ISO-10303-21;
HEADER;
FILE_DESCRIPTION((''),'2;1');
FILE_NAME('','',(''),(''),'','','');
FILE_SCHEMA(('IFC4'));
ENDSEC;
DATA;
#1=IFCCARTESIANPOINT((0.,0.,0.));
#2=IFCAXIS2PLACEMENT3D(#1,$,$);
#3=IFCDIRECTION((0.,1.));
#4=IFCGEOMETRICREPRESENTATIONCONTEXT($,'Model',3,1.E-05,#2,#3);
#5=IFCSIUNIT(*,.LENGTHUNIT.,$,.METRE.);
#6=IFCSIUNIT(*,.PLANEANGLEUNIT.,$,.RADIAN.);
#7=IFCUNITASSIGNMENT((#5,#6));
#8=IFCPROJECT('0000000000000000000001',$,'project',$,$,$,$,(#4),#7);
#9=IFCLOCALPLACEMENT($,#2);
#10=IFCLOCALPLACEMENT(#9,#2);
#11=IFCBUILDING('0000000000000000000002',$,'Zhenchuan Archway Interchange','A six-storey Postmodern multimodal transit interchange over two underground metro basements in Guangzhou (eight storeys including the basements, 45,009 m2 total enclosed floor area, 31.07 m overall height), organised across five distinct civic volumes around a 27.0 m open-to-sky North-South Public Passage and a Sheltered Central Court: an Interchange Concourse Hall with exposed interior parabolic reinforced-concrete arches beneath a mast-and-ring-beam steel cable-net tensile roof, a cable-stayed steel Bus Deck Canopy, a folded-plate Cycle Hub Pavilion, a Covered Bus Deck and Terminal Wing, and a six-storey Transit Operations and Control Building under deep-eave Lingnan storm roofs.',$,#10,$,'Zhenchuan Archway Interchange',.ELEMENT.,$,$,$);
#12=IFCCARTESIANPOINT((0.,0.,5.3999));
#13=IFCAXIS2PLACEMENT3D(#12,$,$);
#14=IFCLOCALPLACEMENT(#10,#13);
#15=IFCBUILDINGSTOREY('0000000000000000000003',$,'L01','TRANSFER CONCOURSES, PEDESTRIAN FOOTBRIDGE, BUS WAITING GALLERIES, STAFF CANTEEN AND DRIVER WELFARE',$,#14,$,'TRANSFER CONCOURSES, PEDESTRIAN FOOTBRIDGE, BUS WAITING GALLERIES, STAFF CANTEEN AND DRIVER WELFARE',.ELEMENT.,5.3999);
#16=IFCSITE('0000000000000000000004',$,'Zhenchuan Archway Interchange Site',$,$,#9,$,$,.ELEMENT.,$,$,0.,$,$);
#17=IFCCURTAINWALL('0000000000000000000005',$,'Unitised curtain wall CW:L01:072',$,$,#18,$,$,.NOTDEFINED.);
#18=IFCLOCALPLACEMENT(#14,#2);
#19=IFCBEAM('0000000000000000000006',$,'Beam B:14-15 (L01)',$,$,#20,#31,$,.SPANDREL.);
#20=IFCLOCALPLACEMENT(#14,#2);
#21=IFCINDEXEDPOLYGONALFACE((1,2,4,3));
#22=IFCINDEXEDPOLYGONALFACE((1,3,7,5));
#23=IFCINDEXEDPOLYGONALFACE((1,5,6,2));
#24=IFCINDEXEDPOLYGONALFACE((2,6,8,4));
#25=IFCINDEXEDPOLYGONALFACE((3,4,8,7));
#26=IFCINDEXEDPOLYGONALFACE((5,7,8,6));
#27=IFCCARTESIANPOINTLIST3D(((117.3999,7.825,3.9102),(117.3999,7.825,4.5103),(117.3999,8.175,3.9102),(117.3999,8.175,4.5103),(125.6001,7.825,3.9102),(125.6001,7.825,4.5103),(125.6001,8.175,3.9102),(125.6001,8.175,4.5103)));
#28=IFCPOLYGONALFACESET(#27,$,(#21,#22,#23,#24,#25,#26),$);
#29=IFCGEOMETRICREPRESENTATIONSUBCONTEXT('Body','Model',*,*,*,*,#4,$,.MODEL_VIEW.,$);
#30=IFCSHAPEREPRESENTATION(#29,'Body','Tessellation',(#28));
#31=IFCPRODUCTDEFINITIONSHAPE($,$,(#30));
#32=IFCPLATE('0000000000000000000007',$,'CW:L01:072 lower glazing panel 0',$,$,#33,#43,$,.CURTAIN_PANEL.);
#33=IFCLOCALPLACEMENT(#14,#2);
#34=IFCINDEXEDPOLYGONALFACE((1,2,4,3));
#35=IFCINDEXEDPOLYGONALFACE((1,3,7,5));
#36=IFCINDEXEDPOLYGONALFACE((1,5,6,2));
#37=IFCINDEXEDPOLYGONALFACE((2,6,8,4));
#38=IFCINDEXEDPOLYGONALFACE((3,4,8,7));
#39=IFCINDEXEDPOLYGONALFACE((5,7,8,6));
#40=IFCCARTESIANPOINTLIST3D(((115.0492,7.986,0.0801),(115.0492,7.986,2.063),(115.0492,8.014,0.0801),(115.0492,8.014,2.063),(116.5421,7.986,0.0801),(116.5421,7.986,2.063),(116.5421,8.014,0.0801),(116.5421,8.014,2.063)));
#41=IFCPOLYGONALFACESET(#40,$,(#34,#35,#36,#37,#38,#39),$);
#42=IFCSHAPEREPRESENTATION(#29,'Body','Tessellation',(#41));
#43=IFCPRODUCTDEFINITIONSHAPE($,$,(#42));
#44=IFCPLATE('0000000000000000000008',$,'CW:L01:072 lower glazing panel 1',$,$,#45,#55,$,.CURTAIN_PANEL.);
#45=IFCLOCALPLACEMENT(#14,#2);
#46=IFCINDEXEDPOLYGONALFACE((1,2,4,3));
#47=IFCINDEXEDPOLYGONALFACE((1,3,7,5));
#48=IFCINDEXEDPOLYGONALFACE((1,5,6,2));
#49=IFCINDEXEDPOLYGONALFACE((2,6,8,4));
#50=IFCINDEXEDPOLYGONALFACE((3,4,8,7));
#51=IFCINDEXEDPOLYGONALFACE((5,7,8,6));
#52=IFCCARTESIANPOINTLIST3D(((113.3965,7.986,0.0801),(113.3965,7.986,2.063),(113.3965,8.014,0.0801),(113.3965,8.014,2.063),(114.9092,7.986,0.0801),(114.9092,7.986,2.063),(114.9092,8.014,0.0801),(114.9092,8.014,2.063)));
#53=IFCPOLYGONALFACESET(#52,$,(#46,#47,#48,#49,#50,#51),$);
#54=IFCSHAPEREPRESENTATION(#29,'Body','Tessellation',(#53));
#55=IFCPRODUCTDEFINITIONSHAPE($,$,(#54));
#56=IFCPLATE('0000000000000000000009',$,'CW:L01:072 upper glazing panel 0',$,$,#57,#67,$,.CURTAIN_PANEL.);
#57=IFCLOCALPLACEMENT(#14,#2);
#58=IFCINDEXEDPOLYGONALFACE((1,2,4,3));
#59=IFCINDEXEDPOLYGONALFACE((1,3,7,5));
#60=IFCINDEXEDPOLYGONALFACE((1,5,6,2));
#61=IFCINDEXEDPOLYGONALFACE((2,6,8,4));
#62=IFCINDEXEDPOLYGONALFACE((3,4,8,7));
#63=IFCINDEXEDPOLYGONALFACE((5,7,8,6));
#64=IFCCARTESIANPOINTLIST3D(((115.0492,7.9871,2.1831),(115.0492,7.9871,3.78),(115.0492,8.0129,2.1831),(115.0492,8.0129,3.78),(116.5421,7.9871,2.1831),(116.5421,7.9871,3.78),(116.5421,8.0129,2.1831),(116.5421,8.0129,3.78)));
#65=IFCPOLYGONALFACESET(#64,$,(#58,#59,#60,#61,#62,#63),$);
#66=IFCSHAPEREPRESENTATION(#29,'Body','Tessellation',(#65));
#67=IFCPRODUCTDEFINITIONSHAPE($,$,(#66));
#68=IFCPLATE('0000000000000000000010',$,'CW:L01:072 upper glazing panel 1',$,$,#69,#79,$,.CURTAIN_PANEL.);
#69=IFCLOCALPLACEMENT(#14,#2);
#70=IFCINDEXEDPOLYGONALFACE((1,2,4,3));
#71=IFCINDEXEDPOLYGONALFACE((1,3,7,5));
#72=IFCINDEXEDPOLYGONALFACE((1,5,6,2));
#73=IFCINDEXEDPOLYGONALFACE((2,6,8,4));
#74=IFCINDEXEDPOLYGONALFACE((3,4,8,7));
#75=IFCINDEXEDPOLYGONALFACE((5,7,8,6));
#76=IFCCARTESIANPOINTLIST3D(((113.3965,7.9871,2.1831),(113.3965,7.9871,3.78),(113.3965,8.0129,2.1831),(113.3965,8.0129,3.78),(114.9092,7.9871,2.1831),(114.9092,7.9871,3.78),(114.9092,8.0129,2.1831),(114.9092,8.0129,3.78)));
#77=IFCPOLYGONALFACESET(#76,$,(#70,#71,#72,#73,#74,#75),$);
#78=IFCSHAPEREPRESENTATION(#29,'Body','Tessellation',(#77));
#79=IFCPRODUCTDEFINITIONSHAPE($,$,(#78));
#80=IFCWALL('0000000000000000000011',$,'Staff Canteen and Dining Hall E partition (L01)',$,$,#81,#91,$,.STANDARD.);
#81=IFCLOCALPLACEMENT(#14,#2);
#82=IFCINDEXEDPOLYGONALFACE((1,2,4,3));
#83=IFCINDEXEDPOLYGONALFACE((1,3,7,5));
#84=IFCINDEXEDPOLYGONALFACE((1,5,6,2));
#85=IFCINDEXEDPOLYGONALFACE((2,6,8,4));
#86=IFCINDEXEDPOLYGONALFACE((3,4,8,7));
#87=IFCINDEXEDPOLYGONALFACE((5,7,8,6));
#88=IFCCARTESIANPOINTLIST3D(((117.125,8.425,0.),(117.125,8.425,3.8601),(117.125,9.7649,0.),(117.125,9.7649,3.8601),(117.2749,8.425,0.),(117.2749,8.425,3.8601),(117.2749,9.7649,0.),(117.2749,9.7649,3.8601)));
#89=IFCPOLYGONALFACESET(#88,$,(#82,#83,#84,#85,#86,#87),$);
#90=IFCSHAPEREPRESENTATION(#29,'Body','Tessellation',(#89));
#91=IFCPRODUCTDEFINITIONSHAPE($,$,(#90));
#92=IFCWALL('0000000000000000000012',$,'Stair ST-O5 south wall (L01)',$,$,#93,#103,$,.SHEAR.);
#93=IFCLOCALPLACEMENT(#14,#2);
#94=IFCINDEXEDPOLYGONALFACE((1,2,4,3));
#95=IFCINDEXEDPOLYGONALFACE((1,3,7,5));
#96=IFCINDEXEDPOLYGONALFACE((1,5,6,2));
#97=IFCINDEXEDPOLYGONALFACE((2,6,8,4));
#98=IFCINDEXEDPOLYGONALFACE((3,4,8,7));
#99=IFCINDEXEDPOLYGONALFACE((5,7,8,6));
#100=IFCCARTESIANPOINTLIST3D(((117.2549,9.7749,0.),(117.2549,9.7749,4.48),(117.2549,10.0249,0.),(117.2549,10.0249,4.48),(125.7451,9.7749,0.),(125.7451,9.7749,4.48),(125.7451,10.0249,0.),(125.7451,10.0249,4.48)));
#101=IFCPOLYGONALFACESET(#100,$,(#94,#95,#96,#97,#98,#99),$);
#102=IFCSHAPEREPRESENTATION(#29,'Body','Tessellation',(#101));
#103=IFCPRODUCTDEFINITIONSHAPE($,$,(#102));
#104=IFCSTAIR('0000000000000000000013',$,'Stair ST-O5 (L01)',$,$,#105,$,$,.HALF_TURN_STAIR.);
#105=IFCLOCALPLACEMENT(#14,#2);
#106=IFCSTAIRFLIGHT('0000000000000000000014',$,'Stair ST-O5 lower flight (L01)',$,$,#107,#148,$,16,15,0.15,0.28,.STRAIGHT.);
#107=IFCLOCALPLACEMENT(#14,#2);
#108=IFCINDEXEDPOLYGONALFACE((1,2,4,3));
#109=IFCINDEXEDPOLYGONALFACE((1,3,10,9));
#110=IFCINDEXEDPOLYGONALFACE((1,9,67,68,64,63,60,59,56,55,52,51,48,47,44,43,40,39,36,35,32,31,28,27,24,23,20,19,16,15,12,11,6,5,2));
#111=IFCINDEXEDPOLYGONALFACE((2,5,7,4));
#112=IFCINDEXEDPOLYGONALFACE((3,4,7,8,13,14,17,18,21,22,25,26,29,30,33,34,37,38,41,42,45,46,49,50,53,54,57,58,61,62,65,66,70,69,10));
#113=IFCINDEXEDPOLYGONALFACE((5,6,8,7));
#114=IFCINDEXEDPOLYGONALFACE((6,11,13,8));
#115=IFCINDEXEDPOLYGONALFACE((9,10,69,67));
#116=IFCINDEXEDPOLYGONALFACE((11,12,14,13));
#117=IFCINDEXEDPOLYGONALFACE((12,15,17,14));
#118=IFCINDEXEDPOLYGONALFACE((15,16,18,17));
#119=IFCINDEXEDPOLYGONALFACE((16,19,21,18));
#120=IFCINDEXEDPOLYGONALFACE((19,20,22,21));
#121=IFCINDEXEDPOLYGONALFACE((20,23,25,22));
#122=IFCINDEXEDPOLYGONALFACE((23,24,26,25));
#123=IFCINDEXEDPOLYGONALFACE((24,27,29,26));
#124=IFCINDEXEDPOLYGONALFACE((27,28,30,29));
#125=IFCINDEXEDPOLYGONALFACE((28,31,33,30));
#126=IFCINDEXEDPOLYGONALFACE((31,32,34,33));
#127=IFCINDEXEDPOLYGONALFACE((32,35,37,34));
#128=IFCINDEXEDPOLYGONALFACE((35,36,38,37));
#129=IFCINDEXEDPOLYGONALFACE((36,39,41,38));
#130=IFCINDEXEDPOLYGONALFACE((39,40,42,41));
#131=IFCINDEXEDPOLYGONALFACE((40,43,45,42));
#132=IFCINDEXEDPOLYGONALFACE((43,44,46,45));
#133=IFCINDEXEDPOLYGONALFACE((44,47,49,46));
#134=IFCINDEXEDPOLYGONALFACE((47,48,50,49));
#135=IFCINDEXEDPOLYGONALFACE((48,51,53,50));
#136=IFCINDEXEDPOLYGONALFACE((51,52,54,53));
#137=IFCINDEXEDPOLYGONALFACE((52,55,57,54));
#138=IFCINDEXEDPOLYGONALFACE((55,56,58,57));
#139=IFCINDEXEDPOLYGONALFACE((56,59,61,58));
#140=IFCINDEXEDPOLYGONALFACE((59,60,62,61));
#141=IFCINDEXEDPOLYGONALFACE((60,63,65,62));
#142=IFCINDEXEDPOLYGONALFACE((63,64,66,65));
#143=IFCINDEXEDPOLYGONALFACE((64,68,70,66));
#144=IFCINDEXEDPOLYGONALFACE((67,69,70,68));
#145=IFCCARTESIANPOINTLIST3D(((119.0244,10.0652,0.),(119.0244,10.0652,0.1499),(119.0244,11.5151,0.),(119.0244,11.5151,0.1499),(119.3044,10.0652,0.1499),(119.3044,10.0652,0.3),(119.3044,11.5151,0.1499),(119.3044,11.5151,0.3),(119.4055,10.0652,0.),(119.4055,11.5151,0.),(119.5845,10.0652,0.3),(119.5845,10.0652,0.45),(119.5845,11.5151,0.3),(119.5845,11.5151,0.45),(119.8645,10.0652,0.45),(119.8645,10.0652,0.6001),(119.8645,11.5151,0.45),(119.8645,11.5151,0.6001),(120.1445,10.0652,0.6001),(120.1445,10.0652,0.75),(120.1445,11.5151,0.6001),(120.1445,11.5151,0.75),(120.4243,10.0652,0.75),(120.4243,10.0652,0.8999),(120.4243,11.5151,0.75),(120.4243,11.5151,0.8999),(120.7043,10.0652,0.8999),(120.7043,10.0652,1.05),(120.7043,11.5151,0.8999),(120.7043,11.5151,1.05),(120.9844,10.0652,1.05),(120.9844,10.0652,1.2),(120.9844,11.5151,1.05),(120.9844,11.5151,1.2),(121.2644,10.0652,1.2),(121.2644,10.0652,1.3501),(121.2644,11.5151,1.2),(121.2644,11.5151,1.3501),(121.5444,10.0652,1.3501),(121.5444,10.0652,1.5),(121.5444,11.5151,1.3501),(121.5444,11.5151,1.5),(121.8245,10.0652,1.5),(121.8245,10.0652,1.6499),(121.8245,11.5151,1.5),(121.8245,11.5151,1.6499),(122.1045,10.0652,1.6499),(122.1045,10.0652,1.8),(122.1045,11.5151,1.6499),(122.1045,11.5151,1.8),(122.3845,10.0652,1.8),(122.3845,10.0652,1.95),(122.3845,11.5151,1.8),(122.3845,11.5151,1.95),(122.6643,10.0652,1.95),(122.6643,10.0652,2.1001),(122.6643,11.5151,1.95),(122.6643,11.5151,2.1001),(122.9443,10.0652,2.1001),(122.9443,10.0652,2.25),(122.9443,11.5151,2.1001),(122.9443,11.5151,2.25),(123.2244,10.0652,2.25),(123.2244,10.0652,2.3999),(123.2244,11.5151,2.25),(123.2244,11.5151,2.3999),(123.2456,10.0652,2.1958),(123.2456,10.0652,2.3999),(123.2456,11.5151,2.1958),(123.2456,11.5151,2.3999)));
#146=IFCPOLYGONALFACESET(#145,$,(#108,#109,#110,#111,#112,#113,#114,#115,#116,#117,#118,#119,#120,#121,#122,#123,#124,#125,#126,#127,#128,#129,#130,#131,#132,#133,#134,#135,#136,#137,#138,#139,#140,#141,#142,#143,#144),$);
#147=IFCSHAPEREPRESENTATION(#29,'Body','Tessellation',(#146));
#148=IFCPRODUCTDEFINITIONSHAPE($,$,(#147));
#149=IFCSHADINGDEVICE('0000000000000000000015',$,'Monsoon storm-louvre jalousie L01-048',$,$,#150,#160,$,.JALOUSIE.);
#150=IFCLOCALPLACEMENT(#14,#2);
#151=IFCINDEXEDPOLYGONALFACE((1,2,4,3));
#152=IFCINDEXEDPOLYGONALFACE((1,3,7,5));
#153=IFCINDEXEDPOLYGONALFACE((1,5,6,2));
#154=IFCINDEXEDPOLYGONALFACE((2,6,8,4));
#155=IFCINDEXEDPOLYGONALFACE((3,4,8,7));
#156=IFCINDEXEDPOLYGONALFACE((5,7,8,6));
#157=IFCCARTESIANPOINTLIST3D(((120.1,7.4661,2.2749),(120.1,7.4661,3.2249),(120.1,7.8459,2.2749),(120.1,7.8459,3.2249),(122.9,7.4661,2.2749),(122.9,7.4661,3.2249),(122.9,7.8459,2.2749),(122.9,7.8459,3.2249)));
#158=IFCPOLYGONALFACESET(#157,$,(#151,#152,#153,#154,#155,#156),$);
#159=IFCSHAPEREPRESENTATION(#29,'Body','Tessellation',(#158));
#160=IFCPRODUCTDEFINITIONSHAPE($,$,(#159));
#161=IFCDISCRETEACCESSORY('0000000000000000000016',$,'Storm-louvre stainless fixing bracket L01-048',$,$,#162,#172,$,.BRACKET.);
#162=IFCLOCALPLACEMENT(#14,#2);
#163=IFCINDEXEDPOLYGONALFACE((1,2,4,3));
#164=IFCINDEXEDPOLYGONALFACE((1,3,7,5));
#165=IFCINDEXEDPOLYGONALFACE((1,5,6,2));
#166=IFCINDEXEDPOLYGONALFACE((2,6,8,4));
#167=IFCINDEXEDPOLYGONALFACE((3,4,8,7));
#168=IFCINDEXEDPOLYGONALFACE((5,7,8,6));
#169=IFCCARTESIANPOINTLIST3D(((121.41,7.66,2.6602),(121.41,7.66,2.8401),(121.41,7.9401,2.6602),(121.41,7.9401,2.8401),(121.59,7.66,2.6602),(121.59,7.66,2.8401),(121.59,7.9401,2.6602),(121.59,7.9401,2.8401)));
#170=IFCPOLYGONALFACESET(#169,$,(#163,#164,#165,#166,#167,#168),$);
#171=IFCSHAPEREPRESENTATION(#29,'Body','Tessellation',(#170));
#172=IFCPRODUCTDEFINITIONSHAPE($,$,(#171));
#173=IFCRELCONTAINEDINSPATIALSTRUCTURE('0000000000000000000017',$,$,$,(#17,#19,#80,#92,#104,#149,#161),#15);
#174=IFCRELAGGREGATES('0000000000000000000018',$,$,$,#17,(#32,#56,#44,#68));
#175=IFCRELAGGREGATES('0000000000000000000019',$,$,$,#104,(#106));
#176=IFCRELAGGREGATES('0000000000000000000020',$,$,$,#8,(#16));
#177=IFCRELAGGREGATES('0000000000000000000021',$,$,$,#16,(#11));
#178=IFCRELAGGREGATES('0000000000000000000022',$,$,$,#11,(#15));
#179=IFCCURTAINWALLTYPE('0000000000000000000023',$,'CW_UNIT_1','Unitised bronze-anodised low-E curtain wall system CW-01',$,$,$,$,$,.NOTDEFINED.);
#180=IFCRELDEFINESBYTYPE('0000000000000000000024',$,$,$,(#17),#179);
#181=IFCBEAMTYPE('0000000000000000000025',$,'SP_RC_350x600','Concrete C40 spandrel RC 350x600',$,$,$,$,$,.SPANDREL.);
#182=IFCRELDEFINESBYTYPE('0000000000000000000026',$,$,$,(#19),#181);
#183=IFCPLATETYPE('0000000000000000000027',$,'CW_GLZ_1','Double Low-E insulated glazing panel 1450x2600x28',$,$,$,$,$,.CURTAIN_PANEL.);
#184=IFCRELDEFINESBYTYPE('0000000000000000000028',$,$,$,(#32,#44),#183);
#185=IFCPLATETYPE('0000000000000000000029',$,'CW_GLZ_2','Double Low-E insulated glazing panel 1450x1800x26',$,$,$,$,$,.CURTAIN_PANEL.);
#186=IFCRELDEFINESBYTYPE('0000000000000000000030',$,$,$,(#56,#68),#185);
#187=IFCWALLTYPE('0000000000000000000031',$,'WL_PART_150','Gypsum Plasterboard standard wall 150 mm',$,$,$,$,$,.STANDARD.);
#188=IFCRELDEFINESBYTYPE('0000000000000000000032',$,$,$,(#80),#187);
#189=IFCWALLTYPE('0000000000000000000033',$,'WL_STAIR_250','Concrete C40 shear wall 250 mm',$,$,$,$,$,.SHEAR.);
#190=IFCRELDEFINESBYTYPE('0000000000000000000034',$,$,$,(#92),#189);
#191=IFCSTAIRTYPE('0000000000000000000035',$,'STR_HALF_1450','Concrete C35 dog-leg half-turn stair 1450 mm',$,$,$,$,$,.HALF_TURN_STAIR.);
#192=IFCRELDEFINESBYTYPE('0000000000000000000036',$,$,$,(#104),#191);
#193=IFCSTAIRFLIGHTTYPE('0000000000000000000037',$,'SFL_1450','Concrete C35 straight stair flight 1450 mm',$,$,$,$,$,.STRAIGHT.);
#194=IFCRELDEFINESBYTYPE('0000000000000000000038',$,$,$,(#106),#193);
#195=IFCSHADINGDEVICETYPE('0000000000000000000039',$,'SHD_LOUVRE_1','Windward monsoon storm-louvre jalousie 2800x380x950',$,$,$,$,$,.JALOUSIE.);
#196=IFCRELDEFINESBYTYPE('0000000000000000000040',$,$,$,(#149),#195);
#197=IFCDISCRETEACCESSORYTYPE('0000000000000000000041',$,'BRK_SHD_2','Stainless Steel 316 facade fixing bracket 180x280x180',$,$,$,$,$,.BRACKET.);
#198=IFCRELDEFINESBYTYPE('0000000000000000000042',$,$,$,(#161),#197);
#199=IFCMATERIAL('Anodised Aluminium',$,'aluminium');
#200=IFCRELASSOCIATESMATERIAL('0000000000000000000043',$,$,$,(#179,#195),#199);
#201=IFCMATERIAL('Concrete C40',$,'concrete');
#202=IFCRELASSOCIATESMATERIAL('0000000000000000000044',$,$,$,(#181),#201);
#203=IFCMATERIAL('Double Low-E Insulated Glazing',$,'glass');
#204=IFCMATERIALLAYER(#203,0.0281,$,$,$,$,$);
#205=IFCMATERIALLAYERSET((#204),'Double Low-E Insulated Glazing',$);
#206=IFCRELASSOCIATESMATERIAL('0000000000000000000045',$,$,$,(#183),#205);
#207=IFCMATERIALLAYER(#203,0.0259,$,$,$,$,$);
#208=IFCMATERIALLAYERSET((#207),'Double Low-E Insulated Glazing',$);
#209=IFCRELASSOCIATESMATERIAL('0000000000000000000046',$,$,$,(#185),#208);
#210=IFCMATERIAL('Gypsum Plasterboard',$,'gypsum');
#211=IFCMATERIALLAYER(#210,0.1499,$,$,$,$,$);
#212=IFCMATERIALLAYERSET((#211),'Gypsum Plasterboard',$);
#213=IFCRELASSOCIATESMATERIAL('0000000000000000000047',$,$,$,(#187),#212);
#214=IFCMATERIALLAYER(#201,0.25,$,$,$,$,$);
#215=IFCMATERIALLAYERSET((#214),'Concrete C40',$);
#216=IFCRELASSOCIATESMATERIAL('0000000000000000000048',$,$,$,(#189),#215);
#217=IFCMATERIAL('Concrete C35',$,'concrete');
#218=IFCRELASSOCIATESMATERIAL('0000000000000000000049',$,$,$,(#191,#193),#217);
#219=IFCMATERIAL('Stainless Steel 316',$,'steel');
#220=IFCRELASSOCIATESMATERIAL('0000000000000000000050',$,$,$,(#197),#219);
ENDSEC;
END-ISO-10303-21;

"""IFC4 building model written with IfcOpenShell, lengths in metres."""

from ifc_helpers import new_model, si_unit, direction, frame, frame_2d, origin, origin_2d, place, context, subcontext, project, spatial, polyline, rectangle, outline, extrude, material, layer, layer_set, material_profile, profile_set, type_object, element, aggregate, save


model = new_model("IFC4")

# Units and contexts
model_context = context("Model", 3, precision=1e-05, world=origin(), true_north=direction((0.0, 1.0)))
body_context = subcontext(model_context, "Body", "Model", "MODEL_VIEW")
ifc_project = project(units=[si_unit("LENGTHUNIT", "METRE"), si_unit("PLANEANGLEUNIT", "RADIAN")], contexts=[model_context])

# Site, building, storey
site_placement = place(None, origin())
site = spatial("IfcSite", under=ifc_project, at=site_placement, Name="Zhenchuan Archway Interchange Site", CompositionType="ELEMENT", RefElevation=0.0)
building_placement = place(site_placement, origin())
building = spatial("IfcBuilding", under=site, at=building_placement, Name="Zhenchuan Archway Interchange", Description="A six-storey Postmodern multimodal transit interchange over two underground metro basements in Guangzhou (eight storeys including the basements, 45,009 m2 total enclosed floor area, 31.07 m overall height), organised across five distinct civic volumes around a 27.0 m open-to-sky North-South Public Passage and a Sheltered Central Court: an Interchange Concourse Hall with exposed interior parabolic reinforced-concrete arches beneath a mast-and-ring-beam steel cable-net tensile roof, a cable-stayed steel Bus Deck Canopy, a folded-plate Cycle Hub Pavilion, a Covered Bus Deck and Terminal Wing, and a six-storey Transit Operations and Control Building under deep-eave Lingnan storm roofs.", LongName="Zhenchuan Archway Interchange", CompositionType="ELEMENT")
storey_placement = place(building_placement, frame((0.0, 0.0, 5.3999)))
storey = spatial("IfcBuildingStorey", under=building, at=storey_placement, Name="L01", Description="TRANSFER CONCOURSES, PEDESTRIAN FOOTBRIDGE, BUS WAITING GALLERIES, STAFF CANTEEN AND DRIVER WELFARE", LongName="TRANSFER CONCOURSES, PEDESTRIAN FOOTBRIDGE, BUS WAITING GALLERIES, STAFF CANTEEN AND DRIVER WELFARE", CompositionType="ELEMENT", Elevation=5.3999)

# Shared definitions
ifc_material_1 = material(Name="Concrete C40", Category="concrete")

# Curtain wall
ifc_material_2 = material(Name="Anodised Aluminium", Category="aluminium")
curtain_wall_type = type_object("IfcCurtainWallType", Name="CW_UNIT_1", Description="Unitised bronze-anodised low-E curtain wall system CW-01", PredefinedType="NOTDEFINED", material=ifc_material_2)
curtain_wall_placement = place(storey_placement, origin())
curtain_wall = element("IfcCurtainWall", 1, at=curtain_wall_placement, inside=storey, type_object=curtain_wall_type, Name="Unitised curtain wall CW:L01:072", PredefinedType="NOTDEFINED")

# Beam
ifc_material_profile_1 = material_profile(ifc_material_1, rectangle(XDim=0.3501, YDim=0.6001, at=origin_2d()), Name="RC 350x600")
ifc_profile_set_1 = profile_set([ifc_material_profile_1], Name="Concrete C40")
beam_type_1 = type_object("IfcBeamType", Name="SP_RC_350x600", Description="Concrete C40 spandrel RC 350x600", PredefinedType="SPANDREL", material=ifc_profile_set_1)
beam_1_placement = place(storey_placement, frame((117.3999, 8.0, 4.2102), z_axis=(1.0, 0.0, 0.0), x_axis=(0.0, 1.0, 0.0)))
element("IfcBeam", 2, at=beam_1_placement, inside=storey, type_object=beam_type_1, Name="Beam B:14-15 (L01)", PredefinedType="SPANDREL", context=body_context, shape_type="SweptSolid", body=[
    extrude(rectangle(XDim=0.3501, YDim=0.6001, at=origin_2d()), origin(), (0.0, 0.0, 1.0), 8.2002),
])

# Plates
ifc_material_3 = material(Name="Double Low-E Insulated Glazing", Category="glass")
ifc_layer_1 = layer(ifc_material_3, 0.0281)
ifc_layer_set_1 = layer_set([ifc_layer_1], Name="Double Low-E Insulated Glazing")
plate_type_1 = type_object("IfcPlateType", Name="CW_GLZ_1", Description="Double Low-E insulated glazing panel 1450x2600x28", PredefinedType="CURTAIN_PANEL", material=ifc_layer_set_1)
plate_1_placement = place(storey_placement, frame((115.7957, 8.0, 0.0801), z_axis=(0.0, 0.0, 1.0), x_axis=(-1.0, 0.0, 0.0)))
plate_1 = element("IfcPlate", 3, at=plate_1_placement, type_object=plate_type_1, Name="CW:L01:072 lower glazing panel 0", PredefinedType="CURTAIN_PANEL", context=body_context, shape_type="SweptSolid", body=[
    extrude(rectangle(XDim=1.4929, YDim=0.0281, at=origin_2d()), origin(), (0.0, 0.0, 1.0), 1.9829),
])
plate_2_placement = place(storey_placement, frame((114.1528, 8.0, 0.0801), z_axis=(0.0, 0.0, 1.0), x_axis=(-1.0, 0.0, 0.0)))
plate_2 = element("IfcPlate", 4, at=plate_2_placement, type_object=plate_type_1, Name="CW:L01:072 lower glazing panel 1", PredefinedType="CURTAIN_PANEL", context=body_context, shape_type="SweptSolid", body=[
    extrude(rectangle(XDim=1.5127, YDim=0.0281, at=origin_2d()), origin(), (0.0, 0.0, 1.0), 1.9829),
])
ifc_layer_2 = layer(ifc_material_3, 0.0259)
ifc_layer_set_2 = layer_set([ifc_layer_2], Name="Double Low-E Insulated Glazing")
plate_type_2 = type_object("IfcPlateType", Name="CW_GLZ_2", Description="Double Low-E insulated glazing panel 1450x1800x26", PredefinedType="CURTAIN_PANEL", material=ifc_layer_set_2)
plate_3_placement = place(storey_placement, frame((115.7957, 8.0, 2.1831), z_axis=(0.0, 0.0, 1.0), x_axis=(-1.0, 0.0, 0.0)))
plate_3 = element("IfcPlate", 5, at=plate_3_placement, type_object=plate_type_2, Name="CW:L01:072 upper glazing panel 0", PredefinedType="CURTAIN_PANEL", context=body_context, shape_type="SweptSolid", body=[
    extrude(rectangle(XDim=1.4929, YDim=0.0259, at=origin_2d()), origin(), (0.0, 0.0, 1.0), 1.5969),
])
plate_4_placement = place(storey_placement, frame((114.1528, 8.0, 2.1831), z_axis=(0.0, 0.0, 1.0), x_axis=(-1.0, 0.0, 0.0)))
plate_4 = element("IfcPlate", 6, at=plate_4_placement, type_object=plate_type_2, Name="CW:L01:072 upper glazing panel 1", PredefinedType="CURTAIN_PANEL", context=body_context, shape_type="SweptSolid", body=[
    extrude(rectangle(XDim=1.5127, YDim=0.0259, at=origin_2d()), origin(), (0.0, 0.0, 1.0), 1.5969),
])
aggregate(curtain_wall, [plate_1, plate_3, plate_2, plate_4])

# Walls
ifc_material_4 = material(Name="Gypsum Plasterboard", Category="gypsum")
ifc_layer_3 = layer(ifc_material_4, 0.1499)
ifc_layer_set_3 = layer_set([ifc_layer_3], Name="Gypsum Plasterboard")
wall_type_1 = type_object("IfcWallType", Name="WL_PART_150", Description="Gypsum Plasterboard standard wall 150 mm", PredefinedType="STANDARD", material=ifc_layer_set_3)
wall_1_placement = place(storey_placement, frame((117.2, 8.425, 0.0), z_axis=(0.0, 0.0, 1.0), x_axis=(0.0, 1.0, 0.0)))
element("IfcWall", 7, at=wall_1_placement, inside=storey, type_object=wall_type_1, Name="Staff Canteen and Dining Hall E partition (L01)", PredefinedType="STANDARD", context=body_context, shape_type="SweptSolid", body=[
    extrude(rectangle(XDim=1.3398, YDim=0.1499, at=frame_2d((0.6699, 0.0))), origin(), (0.0, 0.0, 1.0), 3.8601),
])
ifc_layer_4 = layer(ifc_material_1, 0.25)
ifc_layer_set_4 = layer_set([ifc_layer_4], Name="Concrete C40")
wall_type_2 = type_object("IfcWallType", Name="WL_STAIR_250", Description="Concrete C40 shear wall 250 mm", PredefinedType="SHEAR", material=ifc_layer_set_4)
wall_2_placement = place(storey_placement, frame((117.2549, 9.8999, 0.0), z_axis=(0.0, 0.0, 1.0), x_axis=(1.0, 0.0, 0.0)))
element("IfcWall", 8, at=wall_2_placement, inside=storey, type_object=wall_type_2, Name="Stair ST-O5 south wall (L01)", PredefinedType="SHEAR", context=body_context, shape_type="SweptSolid", body=[
    extrude(rectangle(XDim=8.4902, YDim=0.25, at=frame_2d((4.2451, 0.0))), origin(), (0.0, 0.0, 1.0), 4.48),
])

# Stair, stair flight
ifc_material_5 = material(Name="Concrete C35", Category="concrete")
stair_type = type_object("IfcStairType", Name="STR_HALF_1450", Description="Concrete C35 dog-leg half-turn stair 1450 mm", PredefinedType="HALF_TURN_STAIR", material=ifc_material_5)
stair_placement = place(storey_placement, origin())
stair = element("IfcStair", 9, at=stair_placement, inside=storey, type_object=stair_type, Name="Stair ST-O5 (L01)", PredefinedType="HALF_TURN_STAIR")
stair_flight_type = type_object("IfcStairFlightType", Name="SFL_1450", Description="Concrete C35 straight stair flight 1450 mm", PredefinedType="STRAIGHT", material=ifc_material_5)
stair_flight_placement = place(storey_placement, frame((119.0244, 10.79, 0.0), z_axis=(0.0, 0.0, 1.0), x_axis=(1.0, 0.0, 0.0)))
stair_flight = element("IfcStairFlight", 10, at=stair_flight_placement, type_object=stair_flight_type, Name="Stair ST-O5 lower flight (L01)", NumberOfRisers=16, NumberOfTreads=15, PredefinedType="STRAIGHT", RiserHeight=0.15, TreadLength=0.28, context=body_context, shape_type="SweptSolid", body=[
    extrude(outline(polyline([(0.0, 0.0), (0.0, 0.1499), (0.28, 0.1499), (0.28, 0.3), (0.5601, 0.3), (0.5601, 0.45), (0.8401, 0.45), (0.8401, 0.6001), (1.1201, 0.6001), (1.1201, 0.75), (1.3999, 0.75), (1.3999, 0.8999), (1.6799, 0.8999), (1.6799, 1.05), (1.96, 1.05), (1.96, 1.2), (2.24, 1.2), (2.24, 1.3501), (2.52, 1.3501), (2.52, 1.5), (2.8, 1.5), (2.8, 1.6499), (3.0801, 1.6499), (3.0801, 1.8), (3.3601, 1.8), (3.3601, 1.95), (3.6399, 1.95), (3.6399, 2.1001), (3.9199, 2.1001), (3.9199, 2.25), (4.2, 2.25), (4.2, 2.3999), (4.2212, 2.3999), (4.2212, 2.1958), (0.3811, 0.0), (0.0, 0.0)])), frame((0.0, 0.7251, 0.0), z_axis=(0.0, -1.0, 0.0), x_axis=(1.0, 0.0, 0.0)), (0.0, 0.0, 1.0), 1.45),
])
aggregate(stair, [stair_flight])

# Shading device
shading_device_type = type_object("IfcShadingDeviceType", Name="SHD_LOUVRE_1", Description="Windward monsoon storm-louvre jalousie 2800x380x950", PredefinedType="JALOUSIE", material=ifc_material_2)
shading_device_placement = place(storey_placement, frame((121.5, 7.656, 2.2749), z_axis=(0.0, 0.0, 1.0), x_axis=(-1.0, 0.0, 0.0)))
element("IfcShadingDevice", 11, at=shading_device_placement, inside=storey, type_object=shading_device_type, Name="Monsoon storm-louvre jalousie L01-048", PredefinedType="JALOUSIE", context=body_context, shape_type="SweptSolid", body=[
    extrude(rectangle(XDim=2.8, YDim=0.3799, at=origin_2d()), origin(), (0.0, 0.0, 1.0), 0.95),
])

# Discrete accessory
ifc_material_6 = material(Name="Stainless Steel 316", Category="steel")
discrete_accessory_type = type_object("IfcDiscreteAccessoryType", Name="BRK_SHD_2", Description="Stainless Steel 316 facade fixing bracket 180x280x180", PredefinedType="BRACKET", material=ifc_material_6)
discrete_accessory_placement = place(storey_placement, frame((121.5, 7.8, 2.6602), z_axis=(0.0, 0.0, 1.0), x_axis=(-1.0, 0.0, 0.0)))
element("IfcDiscreteAccessory", 12, at=discrete_accessory_placement, inside=storey, type_object=discrete_accessory_type, Name="Storm-louvre stainless fixing bracket L01-048", PredefinedType="BRACKET", context=body_context, shape_type="SweptSolid", body=[
    extrude(rectangle(XDim=0.1799, YDim=0.28, at=origin_2d()), origin(), (0.0, 0.0, 1.0), 0.1799),
])

save(model, "model.ifc")
